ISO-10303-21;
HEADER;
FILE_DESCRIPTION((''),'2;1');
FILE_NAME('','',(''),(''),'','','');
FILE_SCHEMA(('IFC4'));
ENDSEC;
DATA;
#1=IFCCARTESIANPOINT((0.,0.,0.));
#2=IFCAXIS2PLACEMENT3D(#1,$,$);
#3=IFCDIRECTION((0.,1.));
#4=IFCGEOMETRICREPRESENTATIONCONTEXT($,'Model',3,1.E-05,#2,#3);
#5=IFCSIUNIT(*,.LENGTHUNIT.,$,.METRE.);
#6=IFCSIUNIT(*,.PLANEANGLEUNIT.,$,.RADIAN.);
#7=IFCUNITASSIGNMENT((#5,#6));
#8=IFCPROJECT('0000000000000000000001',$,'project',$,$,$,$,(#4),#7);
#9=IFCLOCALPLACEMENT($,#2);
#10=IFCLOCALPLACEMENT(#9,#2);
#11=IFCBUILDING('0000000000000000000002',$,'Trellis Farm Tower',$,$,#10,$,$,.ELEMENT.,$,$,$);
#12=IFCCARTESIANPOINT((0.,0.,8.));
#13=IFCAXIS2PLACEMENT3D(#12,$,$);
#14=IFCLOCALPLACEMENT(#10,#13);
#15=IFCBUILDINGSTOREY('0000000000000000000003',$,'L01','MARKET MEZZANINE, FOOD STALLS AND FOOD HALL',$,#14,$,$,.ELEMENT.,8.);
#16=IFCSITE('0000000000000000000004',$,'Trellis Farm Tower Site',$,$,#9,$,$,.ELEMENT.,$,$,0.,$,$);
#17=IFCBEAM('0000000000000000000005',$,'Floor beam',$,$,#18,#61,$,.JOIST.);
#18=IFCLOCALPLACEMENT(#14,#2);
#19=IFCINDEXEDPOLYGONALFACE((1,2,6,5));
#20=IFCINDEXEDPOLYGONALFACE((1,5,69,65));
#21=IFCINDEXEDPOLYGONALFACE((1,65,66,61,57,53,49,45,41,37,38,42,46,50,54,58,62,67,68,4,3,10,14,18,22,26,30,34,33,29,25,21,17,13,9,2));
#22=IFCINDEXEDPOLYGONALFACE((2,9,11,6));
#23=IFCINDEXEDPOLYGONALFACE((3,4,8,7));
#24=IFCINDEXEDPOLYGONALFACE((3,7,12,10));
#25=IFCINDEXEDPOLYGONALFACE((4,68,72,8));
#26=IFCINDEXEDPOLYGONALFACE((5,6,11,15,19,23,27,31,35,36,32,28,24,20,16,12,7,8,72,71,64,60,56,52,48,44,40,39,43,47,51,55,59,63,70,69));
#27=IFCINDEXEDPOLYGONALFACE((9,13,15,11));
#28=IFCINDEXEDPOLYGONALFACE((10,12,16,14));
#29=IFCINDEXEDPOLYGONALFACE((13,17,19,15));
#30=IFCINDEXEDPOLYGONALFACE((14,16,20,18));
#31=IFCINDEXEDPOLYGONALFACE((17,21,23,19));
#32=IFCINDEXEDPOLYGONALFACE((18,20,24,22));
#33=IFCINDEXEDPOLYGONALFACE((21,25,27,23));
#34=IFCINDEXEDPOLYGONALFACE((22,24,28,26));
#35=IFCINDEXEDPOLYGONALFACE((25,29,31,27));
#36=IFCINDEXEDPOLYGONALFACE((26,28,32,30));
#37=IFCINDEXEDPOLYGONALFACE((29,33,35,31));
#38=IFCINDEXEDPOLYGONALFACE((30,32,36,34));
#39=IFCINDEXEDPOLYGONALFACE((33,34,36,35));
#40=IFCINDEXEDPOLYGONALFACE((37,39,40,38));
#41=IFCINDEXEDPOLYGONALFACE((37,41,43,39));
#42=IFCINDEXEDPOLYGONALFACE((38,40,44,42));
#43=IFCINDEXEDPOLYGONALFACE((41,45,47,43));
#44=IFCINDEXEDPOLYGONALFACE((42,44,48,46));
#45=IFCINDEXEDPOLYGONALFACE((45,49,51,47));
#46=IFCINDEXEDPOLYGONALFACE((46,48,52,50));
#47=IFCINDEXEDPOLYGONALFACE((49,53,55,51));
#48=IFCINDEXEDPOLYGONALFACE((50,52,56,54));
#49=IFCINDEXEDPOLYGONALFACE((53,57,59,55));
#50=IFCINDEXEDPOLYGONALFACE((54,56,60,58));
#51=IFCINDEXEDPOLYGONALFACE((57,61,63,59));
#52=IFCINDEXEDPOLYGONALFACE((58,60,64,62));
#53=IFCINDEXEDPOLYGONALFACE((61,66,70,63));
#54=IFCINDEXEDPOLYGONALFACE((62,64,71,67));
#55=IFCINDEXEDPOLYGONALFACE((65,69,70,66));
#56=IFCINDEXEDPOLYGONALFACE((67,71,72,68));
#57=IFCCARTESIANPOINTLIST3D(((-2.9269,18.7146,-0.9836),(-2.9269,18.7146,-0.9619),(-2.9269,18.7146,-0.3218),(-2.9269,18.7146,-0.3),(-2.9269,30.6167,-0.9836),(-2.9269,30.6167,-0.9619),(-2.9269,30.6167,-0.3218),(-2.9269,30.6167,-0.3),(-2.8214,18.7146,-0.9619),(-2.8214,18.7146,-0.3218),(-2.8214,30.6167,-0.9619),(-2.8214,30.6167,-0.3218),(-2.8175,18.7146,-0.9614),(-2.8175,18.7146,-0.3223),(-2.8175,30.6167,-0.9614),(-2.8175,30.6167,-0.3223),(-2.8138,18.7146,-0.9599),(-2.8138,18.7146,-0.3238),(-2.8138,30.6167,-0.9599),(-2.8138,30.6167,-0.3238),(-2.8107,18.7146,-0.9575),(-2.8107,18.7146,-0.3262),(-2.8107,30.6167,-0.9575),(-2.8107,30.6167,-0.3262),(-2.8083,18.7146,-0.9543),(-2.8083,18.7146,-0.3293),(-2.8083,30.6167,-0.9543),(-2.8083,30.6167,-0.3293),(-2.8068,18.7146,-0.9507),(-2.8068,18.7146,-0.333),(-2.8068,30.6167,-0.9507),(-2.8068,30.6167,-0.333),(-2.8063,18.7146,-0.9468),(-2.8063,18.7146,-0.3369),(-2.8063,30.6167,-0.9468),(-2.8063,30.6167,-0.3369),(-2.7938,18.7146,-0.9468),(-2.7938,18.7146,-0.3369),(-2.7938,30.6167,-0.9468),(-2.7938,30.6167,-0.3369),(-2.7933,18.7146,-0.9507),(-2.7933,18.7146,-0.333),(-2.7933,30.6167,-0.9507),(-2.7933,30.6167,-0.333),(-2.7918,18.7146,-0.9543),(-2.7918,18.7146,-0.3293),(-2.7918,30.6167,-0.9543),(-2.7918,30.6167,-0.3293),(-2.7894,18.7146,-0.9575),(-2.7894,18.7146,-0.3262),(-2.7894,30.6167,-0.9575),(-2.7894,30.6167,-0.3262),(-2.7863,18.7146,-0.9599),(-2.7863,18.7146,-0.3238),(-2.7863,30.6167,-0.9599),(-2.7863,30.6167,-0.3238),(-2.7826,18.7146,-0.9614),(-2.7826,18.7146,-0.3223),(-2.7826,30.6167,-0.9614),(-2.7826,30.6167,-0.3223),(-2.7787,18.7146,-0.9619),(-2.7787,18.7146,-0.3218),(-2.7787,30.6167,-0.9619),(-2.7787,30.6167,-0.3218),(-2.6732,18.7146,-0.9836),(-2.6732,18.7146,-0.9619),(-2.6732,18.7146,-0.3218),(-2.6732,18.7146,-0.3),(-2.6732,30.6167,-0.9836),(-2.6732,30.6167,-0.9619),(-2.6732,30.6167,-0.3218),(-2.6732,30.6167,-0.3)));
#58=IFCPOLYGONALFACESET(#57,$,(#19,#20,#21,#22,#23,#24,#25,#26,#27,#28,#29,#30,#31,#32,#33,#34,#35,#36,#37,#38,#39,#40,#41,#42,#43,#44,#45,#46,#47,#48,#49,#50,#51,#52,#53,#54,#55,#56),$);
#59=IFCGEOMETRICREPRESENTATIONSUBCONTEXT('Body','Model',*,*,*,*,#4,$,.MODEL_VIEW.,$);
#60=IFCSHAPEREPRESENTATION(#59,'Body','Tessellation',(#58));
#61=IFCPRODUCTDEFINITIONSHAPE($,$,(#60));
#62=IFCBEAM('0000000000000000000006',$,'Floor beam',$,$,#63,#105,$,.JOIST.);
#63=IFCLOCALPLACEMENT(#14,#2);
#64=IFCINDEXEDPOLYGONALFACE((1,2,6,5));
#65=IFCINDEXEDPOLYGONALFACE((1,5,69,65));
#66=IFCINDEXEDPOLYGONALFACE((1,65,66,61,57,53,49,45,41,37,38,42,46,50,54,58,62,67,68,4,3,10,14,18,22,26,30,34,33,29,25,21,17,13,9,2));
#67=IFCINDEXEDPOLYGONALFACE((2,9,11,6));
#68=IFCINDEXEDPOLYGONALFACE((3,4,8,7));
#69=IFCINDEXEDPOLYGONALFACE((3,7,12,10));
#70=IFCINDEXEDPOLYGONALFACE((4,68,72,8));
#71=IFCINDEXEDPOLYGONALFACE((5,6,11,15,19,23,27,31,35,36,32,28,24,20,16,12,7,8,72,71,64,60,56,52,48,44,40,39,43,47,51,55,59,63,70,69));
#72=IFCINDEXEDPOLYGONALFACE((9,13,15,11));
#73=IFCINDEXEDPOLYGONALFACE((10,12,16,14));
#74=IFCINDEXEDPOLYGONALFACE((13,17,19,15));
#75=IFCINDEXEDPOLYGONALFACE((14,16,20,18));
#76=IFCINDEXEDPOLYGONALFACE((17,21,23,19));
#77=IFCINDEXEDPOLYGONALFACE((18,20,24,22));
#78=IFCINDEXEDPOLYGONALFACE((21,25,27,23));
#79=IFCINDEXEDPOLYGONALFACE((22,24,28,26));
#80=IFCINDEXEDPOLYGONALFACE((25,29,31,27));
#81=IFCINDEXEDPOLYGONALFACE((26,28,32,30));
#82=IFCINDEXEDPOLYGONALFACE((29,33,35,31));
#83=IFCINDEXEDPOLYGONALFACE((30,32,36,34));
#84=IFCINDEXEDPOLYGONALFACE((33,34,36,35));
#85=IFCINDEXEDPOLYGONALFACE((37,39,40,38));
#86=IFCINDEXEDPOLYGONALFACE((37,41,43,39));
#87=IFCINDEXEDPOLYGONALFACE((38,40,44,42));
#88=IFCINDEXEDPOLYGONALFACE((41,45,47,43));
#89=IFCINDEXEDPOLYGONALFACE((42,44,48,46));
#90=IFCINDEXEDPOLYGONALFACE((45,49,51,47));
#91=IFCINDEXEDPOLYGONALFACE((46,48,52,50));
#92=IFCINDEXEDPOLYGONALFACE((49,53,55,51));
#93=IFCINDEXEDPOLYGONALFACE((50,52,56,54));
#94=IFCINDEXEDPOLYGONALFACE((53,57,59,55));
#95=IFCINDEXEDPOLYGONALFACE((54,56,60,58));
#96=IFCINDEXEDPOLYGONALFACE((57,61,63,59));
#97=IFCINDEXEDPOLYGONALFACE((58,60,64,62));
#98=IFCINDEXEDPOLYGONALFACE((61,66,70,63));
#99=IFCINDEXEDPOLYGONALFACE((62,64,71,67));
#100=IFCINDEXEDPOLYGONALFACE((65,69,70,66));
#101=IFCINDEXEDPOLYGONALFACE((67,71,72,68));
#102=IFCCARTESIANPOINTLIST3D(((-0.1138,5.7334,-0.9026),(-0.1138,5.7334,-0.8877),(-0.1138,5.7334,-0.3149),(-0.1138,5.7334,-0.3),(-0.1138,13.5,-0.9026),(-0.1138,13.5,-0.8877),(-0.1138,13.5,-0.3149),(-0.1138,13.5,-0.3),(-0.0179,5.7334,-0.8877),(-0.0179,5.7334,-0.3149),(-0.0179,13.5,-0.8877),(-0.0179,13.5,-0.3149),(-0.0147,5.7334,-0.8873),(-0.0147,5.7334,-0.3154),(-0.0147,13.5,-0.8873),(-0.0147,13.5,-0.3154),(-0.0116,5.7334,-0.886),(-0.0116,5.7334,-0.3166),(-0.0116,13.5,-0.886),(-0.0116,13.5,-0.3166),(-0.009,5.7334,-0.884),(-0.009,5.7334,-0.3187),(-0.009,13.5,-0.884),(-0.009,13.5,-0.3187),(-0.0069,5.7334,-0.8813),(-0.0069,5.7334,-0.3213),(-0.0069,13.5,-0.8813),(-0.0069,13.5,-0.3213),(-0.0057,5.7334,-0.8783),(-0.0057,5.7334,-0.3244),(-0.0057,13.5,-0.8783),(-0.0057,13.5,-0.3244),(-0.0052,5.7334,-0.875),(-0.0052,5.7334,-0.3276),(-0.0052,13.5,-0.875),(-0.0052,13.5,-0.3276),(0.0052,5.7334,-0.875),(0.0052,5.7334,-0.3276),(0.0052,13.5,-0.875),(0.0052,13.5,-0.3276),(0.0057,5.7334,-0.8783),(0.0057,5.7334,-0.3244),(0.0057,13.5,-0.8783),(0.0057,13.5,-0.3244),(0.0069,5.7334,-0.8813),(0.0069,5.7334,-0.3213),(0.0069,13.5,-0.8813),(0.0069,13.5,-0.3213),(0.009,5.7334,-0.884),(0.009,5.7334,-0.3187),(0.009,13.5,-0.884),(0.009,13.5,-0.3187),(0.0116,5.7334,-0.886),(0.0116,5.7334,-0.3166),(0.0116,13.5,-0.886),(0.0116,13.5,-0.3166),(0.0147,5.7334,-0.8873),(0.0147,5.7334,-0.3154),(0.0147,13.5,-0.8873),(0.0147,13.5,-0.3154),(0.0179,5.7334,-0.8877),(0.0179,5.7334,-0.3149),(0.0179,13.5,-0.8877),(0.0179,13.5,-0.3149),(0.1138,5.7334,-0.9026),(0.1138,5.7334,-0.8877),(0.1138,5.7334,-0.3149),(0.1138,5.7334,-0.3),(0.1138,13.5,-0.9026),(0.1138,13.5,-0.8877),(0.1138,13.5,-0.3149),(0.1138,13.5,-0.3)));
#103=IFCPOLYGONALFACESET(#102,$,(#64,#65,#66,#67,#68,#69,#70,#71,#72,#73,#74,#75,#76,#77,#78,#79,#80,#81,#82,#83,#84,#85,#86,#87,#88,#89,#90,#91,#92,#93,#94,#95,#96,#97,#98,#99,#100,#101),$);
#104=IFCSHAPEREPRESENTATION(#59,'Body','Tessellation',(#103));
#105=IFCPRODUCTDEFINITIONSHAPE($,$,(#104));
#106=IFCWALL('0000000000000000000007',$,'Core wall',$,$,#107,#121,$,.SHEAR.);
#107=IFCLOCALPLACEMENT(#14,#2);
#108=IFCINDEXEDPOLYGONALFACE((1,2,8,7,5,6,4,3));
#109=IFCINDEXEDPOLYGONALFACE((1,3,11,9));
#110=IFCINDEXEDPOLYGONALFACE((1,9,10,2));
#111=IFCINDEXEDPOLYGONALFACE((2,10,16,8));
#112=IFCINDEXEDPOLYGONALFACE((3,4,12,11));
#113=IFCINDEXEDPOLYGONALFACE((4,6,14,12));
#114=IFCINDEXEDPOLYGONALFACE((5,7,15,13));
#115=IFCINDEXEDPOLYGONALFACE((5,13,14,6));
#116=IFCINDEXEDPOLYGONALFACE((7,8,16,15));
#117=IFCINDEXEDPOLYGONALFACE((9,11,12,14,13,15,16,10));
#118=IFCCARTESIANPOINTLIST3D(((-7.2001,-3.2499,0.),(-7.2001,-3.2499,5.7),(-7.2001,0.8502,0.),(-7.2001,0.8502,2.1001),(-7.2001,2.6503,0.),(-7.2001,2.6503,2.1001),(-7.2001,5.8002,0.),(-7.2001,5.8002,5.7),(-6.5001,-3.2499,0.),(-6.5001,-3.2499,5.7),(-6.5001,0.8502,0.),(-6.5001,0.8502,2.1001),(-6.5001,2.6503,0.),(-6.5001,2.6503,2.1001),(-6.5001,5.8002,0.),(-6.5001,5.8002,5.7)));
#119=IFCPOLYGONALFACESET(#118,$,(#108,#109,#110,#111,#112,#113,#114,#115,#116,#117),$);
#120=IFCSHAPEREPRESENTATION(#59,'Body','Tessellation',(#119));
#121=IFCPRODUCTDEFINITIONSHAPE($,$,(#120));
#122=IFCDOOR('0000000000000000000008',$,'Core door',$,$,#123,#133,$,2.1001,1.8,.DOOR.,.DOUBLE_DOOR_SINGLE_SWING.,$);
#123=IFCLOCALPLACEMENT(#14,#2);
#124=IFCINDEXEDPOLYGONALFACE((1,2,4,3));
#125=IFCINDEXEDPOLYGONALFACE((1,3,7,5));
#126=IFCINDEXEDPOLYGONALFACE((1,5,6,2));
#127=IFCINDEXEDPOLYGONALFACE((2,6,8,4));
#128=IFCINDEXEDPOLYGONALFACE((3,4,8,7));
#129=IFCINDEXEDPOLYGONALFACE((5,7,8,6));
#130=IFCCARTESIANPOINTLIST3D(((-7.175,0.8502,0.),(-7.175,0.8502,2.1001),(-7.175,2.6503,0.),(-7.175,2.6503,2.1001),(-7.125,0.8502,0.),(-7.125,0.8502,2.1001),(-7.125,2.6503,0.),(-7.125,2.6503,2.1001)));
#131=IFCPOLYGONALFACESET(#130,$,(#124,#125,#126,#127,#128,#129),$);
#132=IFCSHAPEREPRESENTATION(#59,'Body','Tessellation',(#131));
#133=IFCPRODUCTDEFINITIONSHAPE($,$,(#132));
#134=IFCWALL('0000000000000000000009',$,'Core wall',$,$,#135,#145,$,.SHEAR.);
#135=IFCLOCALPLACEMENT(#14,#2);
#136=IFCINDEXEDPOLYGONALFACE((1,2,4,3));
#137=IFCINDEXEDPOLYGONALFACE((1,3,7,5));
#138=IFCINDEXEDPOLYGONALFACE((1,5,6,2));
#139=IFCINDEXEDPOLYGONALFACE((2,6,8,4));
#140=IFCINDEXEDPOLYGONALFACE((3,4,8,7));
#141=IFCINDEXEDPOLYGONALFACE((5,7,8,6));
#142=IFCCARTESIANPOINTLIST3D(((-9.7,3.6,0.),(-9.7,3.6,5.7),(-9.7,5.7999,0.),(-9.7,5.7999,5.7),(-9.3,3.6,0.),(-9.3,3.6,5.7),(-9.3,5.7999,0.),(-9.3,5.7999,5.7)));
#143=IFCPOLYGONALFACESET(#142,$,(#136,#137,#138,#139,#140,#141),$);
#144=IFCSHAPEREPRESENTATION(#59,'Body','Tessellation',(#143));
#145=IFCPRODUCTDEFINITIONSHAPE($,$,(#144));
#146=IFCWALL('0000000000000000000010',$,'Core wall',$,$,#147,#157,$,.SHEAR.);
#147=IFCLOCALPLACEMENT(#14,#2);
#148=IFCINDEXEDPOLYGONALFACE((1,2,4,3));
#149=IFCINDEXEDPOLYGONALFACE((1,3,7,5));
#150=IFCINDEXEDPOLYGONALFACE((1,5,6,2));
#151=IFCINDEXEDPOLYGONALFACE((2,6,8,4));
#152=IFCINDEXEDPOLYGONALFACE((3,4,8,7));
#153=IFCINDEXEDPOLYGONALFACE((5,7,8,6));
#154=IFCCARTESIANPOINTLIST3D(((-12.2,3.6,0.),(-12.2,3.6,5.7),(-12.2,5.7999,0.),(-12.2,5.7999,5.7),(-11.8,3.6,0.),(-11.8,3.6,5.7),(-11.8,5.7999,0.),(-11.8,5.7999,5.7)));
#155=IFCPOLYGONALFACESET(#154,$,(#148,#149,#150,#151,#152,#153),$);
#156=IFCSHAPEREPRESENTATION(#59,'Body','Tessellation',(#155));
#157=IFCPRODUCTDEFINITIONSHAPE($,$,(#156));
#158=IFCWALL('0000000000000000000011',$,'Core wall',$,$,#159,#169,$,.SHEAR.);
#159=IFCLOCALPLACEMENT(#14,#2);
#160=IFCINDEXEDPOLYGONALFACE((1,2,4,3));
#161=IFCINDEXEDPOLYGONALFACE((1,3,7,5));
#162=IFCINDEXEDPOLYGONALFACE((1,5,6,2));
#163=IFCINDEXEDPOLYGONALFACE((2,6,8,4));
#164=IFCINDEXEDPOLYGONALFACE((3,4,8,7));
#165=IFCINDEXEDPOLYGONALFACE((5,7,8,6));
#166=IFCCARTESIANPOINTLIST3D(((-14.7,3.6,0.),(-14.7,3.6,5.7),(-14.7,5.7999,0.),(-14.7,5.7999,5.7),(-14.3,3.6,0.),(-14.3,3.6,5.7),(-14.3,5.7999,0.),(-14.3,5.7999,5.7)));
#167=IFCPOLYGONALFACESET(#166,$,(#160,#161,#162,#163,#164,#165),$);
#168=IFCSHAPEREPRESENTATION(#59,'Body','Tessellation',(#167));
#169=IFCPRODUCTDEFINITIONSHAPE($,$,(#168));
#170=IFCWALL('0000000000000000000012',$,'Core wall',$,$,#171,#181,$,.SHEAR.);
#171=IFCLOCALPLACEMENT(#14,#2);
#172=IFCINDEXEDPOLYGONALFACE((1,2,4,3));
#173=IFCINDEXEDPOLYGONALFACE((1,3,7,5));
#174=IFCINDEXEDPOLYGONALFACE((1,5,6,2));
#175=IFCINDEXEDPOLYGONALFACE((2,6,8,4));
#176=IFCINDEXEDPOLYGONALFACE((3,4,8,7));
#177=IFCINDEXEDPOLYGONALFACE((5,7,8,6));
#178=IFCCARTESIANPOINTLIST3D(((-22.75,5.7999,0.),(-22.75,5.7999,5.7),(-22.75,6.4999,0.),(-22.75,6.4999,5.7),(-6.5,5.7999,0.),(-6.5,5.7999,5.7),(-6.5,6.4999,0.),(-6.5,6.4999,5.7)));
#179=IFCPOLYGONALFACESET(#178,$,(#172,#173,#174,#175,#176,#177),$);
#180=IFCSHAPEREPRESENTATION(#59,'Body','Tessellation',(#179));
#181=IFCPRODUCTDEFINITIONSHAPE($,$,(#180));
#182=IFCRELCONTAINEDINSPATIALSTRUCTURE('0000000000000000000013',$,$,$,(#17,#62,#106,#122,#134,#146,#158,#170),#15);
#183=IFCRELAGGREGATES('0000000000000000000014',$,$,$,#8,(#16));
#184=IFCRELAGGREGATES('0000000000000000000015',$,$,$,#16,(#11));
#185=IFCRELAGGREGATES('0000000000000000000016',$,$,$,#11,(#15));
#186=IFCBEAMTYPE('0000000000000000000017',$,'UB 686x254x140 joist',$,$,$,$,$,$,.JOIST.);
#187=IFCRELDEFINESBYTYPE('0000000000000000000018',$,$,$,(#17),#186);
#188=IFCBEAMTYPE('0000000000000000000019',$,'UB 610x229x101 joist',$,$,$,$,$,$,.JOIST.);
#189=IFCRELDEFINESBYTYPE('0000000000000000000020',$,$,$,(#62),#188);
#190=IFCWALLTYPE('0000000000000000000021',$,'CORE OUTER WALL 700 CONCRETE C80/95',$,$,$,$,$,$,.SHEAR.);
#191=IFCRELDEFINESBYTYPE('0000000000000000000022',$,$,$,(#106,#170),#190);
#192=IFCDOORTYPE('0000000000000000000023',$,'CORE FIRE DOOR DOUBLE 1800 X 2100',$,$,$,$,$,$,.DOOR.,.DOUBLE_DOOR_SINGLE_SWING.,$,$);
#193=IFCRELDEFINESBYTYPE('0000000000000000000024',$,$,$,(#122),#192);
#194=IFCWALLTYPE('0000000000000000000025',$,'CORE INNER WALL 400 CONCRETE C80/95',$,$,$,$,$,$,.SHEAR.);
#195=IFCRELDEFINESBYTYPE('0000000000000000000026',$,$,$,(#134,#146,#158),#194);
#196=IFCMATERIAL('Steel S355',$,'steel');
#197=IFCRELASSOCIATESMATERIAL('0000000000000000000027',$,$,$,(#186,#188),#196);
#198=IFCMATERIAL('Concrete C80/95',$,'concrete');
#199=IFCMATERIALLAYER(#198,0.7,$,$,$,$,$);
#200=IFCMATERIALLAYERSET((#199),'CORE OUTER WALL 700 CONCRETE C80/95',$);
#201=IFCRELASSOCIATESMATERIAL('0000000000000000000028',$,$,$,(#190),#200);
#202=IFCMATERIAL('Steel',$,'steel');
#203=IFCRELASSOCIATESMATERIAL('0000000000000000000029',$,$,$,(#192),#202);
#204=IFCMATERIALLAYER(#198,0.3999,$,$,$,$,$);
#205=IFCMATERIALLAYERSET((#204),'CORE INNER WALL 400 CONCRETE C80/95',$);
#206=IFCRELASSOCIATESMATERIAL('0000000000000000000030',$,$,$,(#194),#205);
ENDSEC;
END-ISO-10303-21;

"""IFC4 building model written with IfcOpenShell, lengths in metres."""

from ifc_helpers import new_model, si_unit, direction, frame, frame_2d, origin, origin_2d, place, context, subcontext, project, spatial, rectangle, i_section, extrude, source, transform, mapped, material, layer, layer_set, material_profile, profile_set, type_object, element, fill, save


model = new_model("IFC4")

# Units and contexts
model_context = context("Model", 3, precision=1e-05, world=origin(), true_north=direction((0.0, 1.0)))
body_context = subcontext(model_context, "Body", "Model", "MODEL_VIEW")
ifc_project = project(units=[si_unit("LENGTHUNIT", "METRE"), si_unit("PLANEANGLEUNIT", "RADIAN")], contexts=[model_context])

# Site, building, storey
site_placement = place(None, origin())
site = spatial("IfcSite", under=ifc_project, at=site_placement, Name="Trellis Farm Tower Site", CompositionType="ELEMENT", RefElevation=0.0)
building_placement = place(site_placement, origin())
building = spatial("IfcBuilding", under=site, at=building_placement, Name="Trellis Farm Tower", CompositionType="ELEMENT")
storey_placement = place(building_placement, frame((0.0, 0.0, 8.0)))
storey = spatial("IfcBuildingStorey", under=building, at=storey_placement, Name="L01", Description="MARKET MEZZANINE, FOOD STALLS AND FOOD HALL", CompositionType="ELEMENT", Elevation=8.0)

# Shared definitions
ifc_material_1 = material(Name="Concrete C80/95", Category="concrete")

# Beams
ifc_material_2 = material(Name="Steel S355", Category="steel")
ifc_material_profile_1 = material_profile(ifc_material_2, i_section(OverallWidth=0.2537, OverallDepth=0.6836, WebThickness=0.0125, FlangeThickness=0.0217, FilletRadius=0.0151, at=origin_2d()), Name="UB 686x254x140")
ifc_profile_set_1 = profile_set([ifc_material_profile_1], Name="Steel S355")
beam_type_1 = type_object("IfcBeamType", Name="UB 686x254x140 joist", PredefinedType="JOIST", material=ifc_profile_set_1)
shared_shape_1 = source(origin(), body_context, "Body", "SweptSolid", [
    extrude(i_section(OverallWidth=0.2537, OverallDepth=0.6836, WebThickness=0.0125, FlangeThickness=0.0217, FilletRadius=0.0151, at=origin_2d()), origin(), (0.0, 0.0, 1.0), 11.9021),
])
beam_1_placement = place(storey_placement, frame((-2.8, 18.7146, -0.6418), z_axis=(0.0, 1.0, 0.0), x_axis=(-1.0, 0.0, 0.0)))
element("IfcBeam", 1, at=beam_1_placement, inside=storey, type_object=beam_type_1, Name="Floor beam", PredefinedType="JOIST", context=body_context, shape_type="MappedRepresentation", body=[
    mapped(shared_shape_1, transform((0.0, 0.0, 0.0))),
])
ifc_material_profile_2 = material_profile(ifc_material_2, i_section(OverallWidth=0.2275, OverallDepth=0.6025, WebThickness=0.0105, FlangeThickness=0.0149, FilletRadius=0.0127, at=origin_2d()), Name="UB 610x229x101")
ifc_profile_set_2 = profile_set([ifc_material_profile_2], Name="Steel S355")
beam_type_2 = type_object("IfcBeamType", Name="UB 610x229x101 joist", PredefinedType="JOIST", material=ifc_profile_set_2)
shared_shape_2 = source(origin(), body_context, "Body", "SweptSolid", [
    extrude(i_section(OverallWidth=0.2275, OverallDepth=0.6025, WebThickness=0.0105, FlangeThickness=0.0149, FilletRadius=0.0127, at=origin_2d()), origin(), (0.0, 0.0, 1.0), 7.7666),
])
beam_2_placement = place(storey_placement, frame((0.0, 5.7334, -0.6013), z_axis=(0.0, 1.0, 0.0), x_axis=(-1.0, 0.0, 0.0)))
element("IfcBeam", 2, at=beam_2_placement, inside=storey, type_object=beam_type_2, Name="Floor beam", PredefinedType="JOIST", context=body_context, shape_type="MappedRepresentation", body=[
    mapped(shared_shape_2, transform((0.0, 0.0, 0.0))),
])

# Wall, opening, door
ifc_layer_1 = layer(ifc_material_1, 0.7)
ifc_layer_set_1 = layer_set([ifc_layer_1], Name="CORE OUTER WALL 700 CONCRETE C80/95")
wall_type_1 = type_object("IfcWallType", Name="CORE OUTER WALL 700 CONCRETE C80/95", PredefinedType="SHEAR", material=ifc_layer_set_1)
shared_shape_3 = source(origin(), body_context, "Body", "SweptSolid", [
    extrude(rectangle(XDim=9.05, YDim=0.7, at=frame_2d((4.5249, 0.0))), origin(), (0.0, 0.0, 1.0), 5.7),
])
wall_1_placement = place(storey_placement, frame((-6.8501, 5.8, 0.0), z_axis=(0.0, 0.0, 1.0), x_axis=(0.0, -1.0, 0.0)))
wall_1 = element("IfcWall", 3, at=wall_1_placement, inside=storey, type_object=wall_type_1, Name="Core wall", PredefinedType="SHEAR", context=body_context, shape_type="MappedRepresentation", body=[
    mapped(shared_shape_3, transform((0.0, 0.0, 0.0))),
])
shared_shape_4 = source(origin(), body_context, "Body", "SweptSolid", [
    extrude(rectangle(XDim=1.8, YDim=2.1001, at=frame_2d((0.8999, 1.05))), frame((0.0, 0.3601, 0.0), z_axis=(0.0, -1.0, 0.0), x_axis=(1.0, 0.0, 0.0)), (0.0, 0.0, 1.0), 0.7202),
])
opening_1_placement = place(wall_1_placement, frame((3.1499, 0.0, 0.0)))
opening_1 = element("IfcOpeningElement", 4, at=opening_1_placement, cuts=wall_1, PredefinedType="OPENING", context=body_context, shape_type="MappedRepresentation", body=[
    mapped(shared_shape_4, transform((0.0, 0.0, 0.0))),
])
ifc_material_3 = material(Name="Steel", Category="steel")
door_type_1 = type_object("IfcDoorType", Name="CORE FIRE DOOR DOUBLE 1800 X 2100", OperationType="DOUBLE_DOOR_SINGLE_SWING", PredefinedType="DOOR", material=ifc_material_3)
shared_shape_5 = source(origin(), body_context, "Body", "SweptSolid", [
    extrude(rectangle(XDim=1.8, YDim=2.1001, at=frame_2d((0.8999, 1.05))), frame((0.0, -0.2749, 0.0), z_axis=(0.0, -1.0, 0.0), x_axis=(1.0, 0.0, 0.0)), (0.0, 0.0, 1.0), 0.05),
])
door_1_placement = place(opening_1_placement, origin())
door_1 = element("IfcDoor", 5, at=door_1_placement, inside=storey, type_object=door_type_1, Name="Core door", OperationType="DOUBLE_DOOR_SINGLE_SWING", OverallHeight=2.1001, OverallWidth=1.8, PredefinedType="DOOR", context=body_context, shape_type="MappedRepresentation", body=[
    mapped(shared_shape_5, transform((0.0, 0.0, 0.0))),
])
fill(opening_1, door_1)

# Walls
ifc_layer_2 = layer(ifc_material_1, 0.3999)
ifc_layer_set_2 = layer_set([ifc_layer_2], Name="CORE INNER WALL 400 CONCRETE C80/95")
wall_type_2 = type_object("IfcWallType", Name="CORE INNER WALL 400 CONCRETE C80/95", PredefinedType="SHEAR", material=ifc_layer_set_2)
shared_shape_6 = source(origin(), body_context, "Body", "SweptSolid", [
    extrude(rectangle(XDim=2.2, YDim=0.3999, at=frame_2d((1.1001, 0.0))), origin(), (0.0, 0.0, 1.0), 5.7),
])
for number, where, z_axis, x_axis, name in (
    (6, (-9.5, 5.8, 0.0), (0.0, 0.0, 1.0), (0.0, -1.0, 0.0), "Core wall"),
    (7, (-12.0, 5.8, 0.0), (0.0, 0.0, 1.0), (0.0, -1.0, 0.0), "Core wall"),
    (8, (-14.5, 5.8, 0.0), (0.0, 0.0, 1.0), (0.0, -1.0, 0.0), "Core wall"),
):
    element("IfcWall", number, at=place(storey_placement, frame(where, z_axis=z_axis, x_axis=x_axis)), inside=storey, type_object=wall_type_2, Name=name, PredefinedType="SHEAR", context=body_context, shape_type="MappedRepresentation", body=[
        mapped(shared_shape_6, transform((0.0, 0.0, 0.0))),
    ])
shared_shape_7 = source(origin(), body_context, "Body", "SweptSolid", [
    extrude(rectangle(XDim=16.25, YDim=0.7, at=frame_2d((8.125, 0.0))), origin(), (0.0, 0.0, 1.0), 5.7),
])
wall_2_placement = place(storey_placement, frame((-6.5, 6.1499, 0.0), z_axis=(0.0, 0.0, 1.0), x_axis=(-1.0, 0.0, 0.0)))
element("IfcWall", 9, at=wall_2_placement, inside=storey, type_object=wall_type_1, Name="Core wall", PredefinedType="SHEAR", context=body_context, shape_type="MappedRepresentation", body=[
    mapped(shared_shape_7, transform((0.0, 0.0, 0.0))),
])

save(model, "model.ifc")
